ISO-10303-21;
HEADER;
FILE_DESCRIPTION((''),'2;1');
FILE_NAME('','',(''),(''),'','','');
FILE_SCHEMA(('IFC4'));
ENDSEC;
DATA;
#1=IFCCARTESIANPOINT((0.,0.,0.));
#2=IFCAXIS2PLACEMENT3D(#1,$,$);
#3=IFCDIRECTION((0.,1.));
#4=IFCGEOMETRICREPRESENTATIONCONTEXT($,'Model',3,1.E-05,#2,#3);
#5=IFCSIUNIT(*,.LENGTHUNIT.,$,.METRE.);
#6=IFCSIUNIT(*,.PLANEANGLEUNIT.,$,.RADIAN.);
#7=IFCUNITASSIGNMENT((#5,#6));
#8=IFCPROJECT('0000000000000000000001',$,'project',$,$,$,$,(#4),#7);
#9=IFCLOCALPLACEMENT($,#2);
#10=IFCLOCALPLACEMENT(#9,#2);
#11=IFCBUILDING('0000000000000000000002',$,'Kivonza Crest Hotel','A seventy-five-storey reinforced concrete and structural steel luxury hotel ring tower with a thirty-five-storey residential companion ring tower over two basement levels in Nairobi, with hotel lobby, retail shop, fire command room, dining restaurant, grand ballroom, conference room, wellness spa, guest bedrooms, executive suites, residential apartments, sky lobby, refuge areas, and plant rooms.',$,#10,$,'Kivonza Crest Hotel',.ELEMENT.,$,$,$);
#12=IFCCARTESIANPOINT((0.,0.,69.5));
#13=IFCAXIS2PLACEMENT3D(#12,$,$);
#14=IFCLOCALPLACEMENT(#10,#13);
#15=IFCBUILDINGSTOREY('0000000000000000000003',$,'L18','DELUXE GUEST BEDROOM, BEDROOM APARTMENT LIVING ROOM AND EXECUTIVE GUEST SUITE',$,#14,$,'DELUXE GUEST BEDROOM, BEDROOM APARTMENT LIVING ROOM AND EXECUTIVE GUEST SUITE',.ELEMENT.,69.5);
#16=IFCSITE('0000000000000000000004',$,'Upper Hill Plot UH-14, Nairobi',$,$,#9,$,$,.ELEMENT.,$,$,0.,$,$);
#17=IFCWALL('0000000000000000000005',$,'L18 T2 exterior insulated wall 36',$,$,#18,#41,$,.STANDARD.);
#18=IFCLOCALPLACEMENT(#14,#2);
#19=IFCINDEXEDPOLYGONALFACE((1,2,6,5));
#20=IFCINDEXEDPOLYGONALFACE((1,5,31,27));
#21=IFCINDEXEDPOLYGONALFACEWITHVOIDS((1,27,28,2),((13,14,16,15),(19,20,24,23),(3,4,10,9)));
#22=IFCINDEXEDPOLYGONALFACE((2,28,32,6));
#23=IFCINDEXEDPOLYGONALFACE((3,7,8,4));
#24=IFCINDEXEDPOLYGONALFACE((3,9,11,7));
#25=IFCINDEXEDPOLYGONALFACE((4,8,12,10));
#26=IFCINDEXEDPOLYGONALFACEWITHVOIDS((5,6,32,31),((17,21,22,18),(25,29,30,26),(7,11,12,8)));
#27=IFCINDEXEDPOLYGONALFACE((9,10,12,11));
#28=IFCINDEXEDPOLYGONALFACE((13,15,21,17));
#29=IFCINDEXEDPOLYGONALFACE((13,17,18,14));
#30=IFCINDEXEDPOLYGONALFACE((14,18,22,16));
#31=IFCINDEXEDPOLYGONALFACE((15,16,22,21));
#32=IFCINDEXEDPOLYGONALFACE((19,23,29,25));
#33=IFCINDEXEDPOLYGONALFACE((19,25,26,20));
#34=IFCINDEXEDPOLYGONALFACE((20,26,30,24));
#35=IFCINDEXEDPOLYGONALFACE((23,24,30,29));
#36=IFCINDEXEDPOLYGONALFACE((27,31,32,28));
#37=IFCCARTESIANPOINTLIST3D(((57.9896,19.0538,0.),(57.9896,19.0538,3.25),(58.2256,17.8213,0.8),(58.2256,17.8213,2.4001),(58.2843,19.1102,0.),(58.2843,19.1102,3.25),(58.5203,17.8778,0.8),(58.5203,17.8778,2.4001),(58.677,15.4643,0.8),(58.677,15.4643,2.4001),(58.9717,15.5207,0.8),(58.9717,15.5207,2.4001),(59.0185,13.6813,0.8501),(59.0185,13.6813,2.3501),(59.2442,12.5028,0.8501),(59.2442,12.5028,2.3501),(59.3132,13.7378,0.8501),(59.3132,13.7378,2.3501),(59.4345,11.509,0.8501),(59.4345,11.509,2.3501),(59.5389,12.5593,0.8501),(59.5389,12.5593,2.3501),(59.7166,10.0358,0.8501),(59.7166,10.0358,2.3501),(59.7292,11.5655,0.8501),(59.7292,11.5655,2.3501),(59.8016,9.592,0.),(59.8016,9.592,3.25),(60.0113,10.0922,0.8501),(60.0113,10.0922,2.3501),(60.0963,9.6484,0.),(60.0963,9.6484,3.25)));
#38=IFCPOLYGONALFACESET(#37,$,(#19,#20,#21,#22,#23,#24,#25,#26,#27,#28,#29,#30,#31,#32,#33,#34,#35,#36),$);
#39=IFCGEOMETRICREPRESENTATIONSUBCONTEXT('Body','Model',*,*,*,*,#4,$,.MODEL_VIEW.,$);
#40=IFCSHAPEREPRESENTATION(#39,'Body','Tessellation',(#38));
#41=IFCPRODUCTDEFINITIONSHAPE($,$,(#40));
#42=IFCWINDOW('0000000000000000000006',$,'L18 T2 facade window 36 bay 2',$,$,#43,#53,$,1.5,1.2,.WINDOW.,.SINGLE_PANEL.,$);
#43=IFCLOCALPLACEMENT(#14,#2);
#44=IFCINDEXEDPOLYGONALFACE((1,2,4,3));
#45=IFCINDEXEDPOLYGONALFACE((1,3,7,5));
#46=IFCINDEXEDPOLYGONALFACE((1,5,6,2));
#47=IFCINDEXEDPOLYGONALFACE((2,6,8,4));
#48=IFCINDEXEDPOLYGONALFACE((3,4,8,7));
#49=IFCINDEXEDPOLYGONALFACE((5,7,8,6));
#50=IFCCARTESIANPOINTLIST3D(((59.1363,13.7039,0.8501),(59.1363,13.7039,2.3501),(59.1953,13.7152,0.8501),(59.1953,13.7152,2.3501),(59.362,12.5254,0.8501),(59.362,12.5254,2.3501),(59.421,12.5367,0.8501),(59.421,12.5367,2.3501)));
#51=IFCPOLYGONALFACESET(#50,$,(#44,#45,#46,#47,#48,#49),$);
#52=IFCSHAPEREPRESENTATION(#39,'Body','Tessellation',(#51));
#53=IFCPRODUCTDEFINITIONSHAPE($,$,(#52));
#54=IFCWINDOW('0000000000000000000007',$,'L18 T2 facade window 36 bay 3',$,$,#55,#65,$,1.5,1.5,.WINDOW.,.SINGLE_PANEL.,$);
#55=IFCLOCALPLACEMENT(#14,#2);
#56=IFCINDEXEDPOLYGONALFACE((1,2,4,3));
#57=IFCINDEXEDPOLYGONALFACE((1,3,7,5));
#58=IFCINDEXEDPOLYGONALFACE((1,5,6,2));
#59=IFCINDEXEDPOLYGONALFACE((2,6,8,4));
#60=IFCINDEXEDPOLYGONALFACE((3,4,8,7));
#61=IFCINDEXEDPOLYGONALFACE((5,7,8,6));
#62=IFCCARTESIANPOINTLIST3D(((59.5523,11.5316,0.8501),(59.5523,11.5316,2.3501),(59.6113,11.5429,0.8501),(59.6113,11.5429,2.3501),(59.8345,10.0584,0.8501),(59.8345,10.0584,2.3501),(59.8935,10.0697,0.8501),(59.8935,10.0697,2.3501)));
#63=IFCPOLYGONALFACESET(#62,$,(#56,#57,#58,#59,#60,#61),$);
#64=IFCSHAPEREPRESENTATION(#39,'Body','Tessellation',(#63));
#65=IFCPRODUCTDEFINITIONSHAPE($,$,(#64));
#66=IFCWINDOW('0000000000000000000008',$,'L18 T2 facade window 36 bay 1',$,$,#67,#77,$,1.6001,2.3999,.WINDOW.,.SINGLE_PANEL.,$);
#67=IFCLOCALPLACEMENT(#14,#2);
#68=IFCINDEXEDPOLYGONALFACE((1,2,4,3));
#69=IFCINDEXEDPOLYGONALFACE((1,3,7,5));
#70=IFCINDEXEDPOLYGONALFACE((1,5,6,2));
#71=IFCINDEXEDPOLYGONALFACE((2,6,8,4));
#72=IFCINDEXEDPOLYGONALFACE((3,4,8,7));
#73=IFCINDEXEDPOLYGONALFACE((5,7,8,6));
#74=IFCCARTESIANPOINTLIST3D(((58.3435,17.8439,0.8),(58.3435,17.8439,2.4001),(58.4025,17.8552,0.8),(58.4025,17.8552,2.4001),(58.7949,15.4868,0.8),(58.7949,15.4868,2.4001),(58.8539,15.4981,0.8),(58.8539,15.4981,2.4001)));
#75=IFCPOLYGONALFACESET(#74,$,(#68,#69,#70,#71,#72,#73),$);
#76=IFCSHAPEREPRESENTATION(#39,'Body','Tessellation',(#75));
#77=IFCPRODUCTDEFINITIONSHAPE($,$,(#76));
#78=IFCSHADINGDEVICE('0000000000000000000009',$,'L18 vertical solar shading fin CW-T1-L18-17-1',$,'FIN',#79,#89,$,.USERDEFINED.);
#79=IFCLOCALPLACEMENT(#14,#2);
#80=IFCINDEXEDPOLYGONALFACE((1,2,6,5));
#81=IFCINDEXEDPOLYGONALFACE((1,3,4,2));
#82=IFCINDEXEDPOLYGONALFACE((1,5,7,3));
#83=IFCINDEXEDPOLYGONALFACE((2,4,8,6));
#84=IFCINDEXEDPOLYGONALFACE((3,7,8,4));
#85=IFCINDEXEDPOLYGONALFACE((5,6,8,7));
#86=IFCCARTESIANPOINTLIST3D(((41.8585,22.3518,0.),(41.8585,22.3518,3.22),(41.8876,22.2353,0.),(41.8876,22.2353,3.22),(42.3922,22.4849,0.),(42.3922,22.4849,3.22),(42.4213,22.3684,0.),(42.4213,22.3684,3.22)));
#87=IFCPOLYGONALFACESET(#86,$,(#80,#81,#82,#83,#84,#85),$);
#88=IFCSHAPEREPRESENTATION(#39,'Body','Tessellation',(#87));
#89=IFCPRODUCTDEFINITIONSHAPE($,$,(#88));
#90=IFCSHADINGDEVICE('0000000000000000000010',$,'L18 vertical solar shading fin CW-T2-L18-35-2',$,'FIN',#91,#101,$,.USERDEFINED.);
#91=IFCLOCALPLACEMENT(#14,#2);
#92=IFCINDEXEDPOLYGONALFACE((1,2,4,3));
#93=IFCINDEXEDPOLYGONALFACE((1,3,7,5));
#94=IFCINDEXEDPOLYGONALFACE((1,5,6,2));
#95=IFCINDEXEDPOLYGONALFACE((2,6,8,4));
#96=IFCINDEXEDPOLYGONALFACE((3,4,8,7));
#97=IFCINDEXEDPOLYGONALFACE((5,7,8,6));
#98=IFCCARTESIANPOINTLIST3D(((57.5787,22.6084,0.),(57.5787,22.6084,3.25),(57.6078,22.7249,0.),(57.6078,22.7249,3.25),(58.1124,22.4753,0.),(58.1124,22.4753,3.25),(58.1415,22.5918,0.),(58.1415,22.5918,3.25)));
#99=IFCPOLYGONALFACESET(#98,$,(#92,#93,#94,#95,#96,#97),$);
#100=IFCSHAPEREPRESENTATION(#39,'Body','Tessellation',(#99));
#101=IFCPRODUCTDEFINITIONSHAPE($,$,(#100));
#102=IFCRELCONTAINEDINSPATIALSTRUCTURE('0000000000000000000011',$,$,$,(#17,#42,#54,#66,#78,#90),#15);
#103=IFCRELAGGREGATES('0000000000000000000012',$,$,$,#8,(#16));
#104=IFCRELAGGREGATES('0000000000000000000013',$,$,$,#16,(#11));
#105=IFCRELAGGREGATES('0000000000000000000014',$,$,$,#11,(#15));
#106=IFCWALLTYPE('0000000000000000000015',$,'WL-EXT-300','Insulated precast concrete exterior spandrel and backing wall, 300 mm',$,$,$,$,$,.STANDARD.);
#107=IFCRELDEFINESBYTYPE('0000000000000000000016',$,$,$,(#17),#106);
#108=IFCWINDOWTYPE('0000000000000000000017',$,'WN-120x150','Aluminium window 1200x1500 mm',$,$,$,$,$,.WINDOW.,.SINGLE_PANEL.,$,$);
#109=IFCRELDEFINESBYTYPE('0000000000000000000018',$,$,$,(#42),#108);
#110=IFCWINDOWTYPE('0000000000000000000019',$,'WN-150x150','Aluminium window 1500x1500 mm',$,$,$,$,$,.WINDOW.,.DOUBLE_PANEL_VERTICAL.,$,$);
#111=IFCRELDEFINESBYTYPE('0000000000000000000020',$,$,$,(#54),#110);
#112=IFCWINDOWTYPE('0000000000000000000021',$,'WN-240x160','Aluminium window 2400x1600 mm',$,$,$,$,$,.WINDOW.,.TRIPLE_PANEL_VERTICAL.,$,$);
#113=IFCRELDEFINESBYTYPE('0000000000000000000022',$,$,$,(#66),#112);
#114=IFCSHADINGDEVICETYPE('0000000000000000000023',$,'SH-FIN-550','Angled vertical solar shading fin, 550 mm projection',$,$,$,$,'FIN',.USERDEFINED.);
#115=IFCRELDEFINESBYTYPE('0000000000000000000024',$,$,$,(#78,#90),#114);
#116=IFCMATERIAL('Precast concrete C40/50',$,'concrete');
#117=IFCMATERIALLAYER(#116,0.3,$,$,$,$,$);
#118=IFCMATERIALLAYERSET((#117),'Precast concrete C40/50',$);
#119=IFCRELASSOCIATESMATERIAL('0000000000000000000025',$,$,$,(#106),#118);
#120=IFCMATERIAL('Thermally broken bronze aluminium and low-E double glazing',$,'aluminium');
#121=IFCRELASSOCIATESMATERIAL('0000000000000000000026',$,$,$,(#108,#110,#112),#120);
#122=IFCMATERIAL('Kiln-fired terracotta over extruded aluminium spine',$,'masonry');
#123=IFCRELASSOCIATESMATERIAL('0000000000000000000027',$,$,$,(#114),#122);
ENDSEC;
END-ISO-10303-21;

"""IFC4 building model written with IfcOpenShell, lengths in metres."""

from ifc_helpers import new_model, si_unit, direction, frame, frame_2d, origin, origin_2d, place, context, subcontext, project, spatial, rectangle, extrude, material, layer, layer_set, type_object, element, fill, save


model = new_model("IFC4")

# Units and contexts
model_context = context("Model", 3, precision=1e-05, world=origin(), true_north=direction((0.0, 1.0)))
body_context = subcontext(model_context, "Body", "Model", "MODEL_VIEW")
ifc_project = project(units=[si_unit("LENGTHUNIT", "METRE"), si_unit("PLANEANGLEUNIT", "RADIAN")], contexts=[model_context])

# Site, building, storey
site_placement = place(None, origin())
site = spatial("IfcSite", under=ifc_project, at=site_placement, Name="Upper Hill Plot UH-14, Nairobi", CompositionType="ELEMENT", RefElevation=0.0)
building_placement = place(site_placement, origin())
building = spatial("IfcBuilding", under=site, at=building_placement, Name="Kivonza Crest Hotel", Description="A seventy-five-storey reinforced concrete and structural steel luxury hotel ring tower with a thirty-five-storey residential companion ring tower over two basement levels in Nairobi, with hotel lobby, retail shop, fire command room, dining restaurant, grand ballroom, conference room, wellness spa, guest bedrooms, executive suites, residential apartments, sky lobby, refuge areas, and plant rooms.", LongName="Kivonza Crest Hotel", CompositionType="ELEMENT")
storey_placement = place(building_placement, frame((0.0, 0.0, 69.5)))
storey = spatial("IfcBuildingStorey", under=building, at=storey_placement, Name="L18", Description="DELUXE GUEST BEDROOM, BEDROOM APARTMENT LIVING ROOM AND EXECUTIVE GUEST SUITE", LongName="DELUXE GUEST BEDROOM, BEDROOM APARTMENT LIVING ROOM AND EXECUTIVE GUEST SUITE", CompositionType="ELEMENT", Elevation=69.5)

# Shared definitions
ifc_material_1 = material(Name="Precast concrete C40/50", Category="concrete")
ifc_layer_1 = layer(ifc_material_1, 0.3)
ifc_layer_set_1 = layer_set([ifc_layer_1], Name="Precast concrete C40/50")
wall_type_1 = type_object("IfcWallType", Name="WL-EXT-300", Description="Insulated precast concrete exterior spandrel and backing wall, 300 mm", PredefinedType="STANDARD", material=ifc_layer_set_1)

# Wall, openings, windows
wall_1_placement = place(storey_placement, frame((58.137, 19.082, 0.0), z_axis=(0.0, 0.0, 1.0), x_axis=(0.188088, -0.982152, 0.0)))
wall_1 = element("IfcWall", 1, at=wall_1_placement, inside=storey, type_object=wall_type_1, Name="L18 T2 exterior insulated wall 36", PredefinedType="STANDARD", context=body_context, shape_type="SweptSolid", body=[
    extrude(rectangle(XDim=9.6338, YDim=0.3, at=frame_2d((4.8169, 0.0))), origin(), (0.0, 0.0, 1.0), 3.25),
])
opening_1_placement = place(wall_1_placement, frame((1.2549, 0.0, 0.8)))
opening_1 = element("IfcOpeningElement", 2, at=opening_1_placement, cuts=wall_1, PredefinedType="OPENING", context=body_context, shape_type="SweptSolid", body=[
    extrude(rectangle(XDim=2.3999, YDim=1.6001, at=frame_2d((1.2, 0.8))), frame((0.0, 0.1602, 0.0), z_axis=(0.0, -1.0, 0.0), x_axis=(1.0, 0.0, 0.0)), (0.0, 0.0, 1.0), 0.3201),
])
opening_2_placement = place(wall_1_placement, frame((5.47, 0.0, 0.8501)))
opening_2 = element("IfcOpeningElement", 3, at=opening_2_placement, cuts=wall_1, PredefinedType="OPENING", context=body_context, shape_type="SweptSolid", body=[
    extrude(rectangle(XDim=1.2, YDim=1.5, at=frame_2d((0.6001, 0.75))), frame((0.0, 0.1602, 0.0), z_axis=(0.0, -1.0, 0.0), x_axis=(1.0, 0.0, 0.0)), (0.0, 0.0, 1.0), 0.3201),
])
opening_3_placement = place(wall_1_placement, frame((7.6819, 0.0, 0.8501)))
opening_3 = element("IfcOpeningElement", 4, at=opening_3_placement, cuts=wall_1, PredefinedType="OPENING", context=body_context, shape_type="SweptSolid", body=[
    extrude(rectangle(XDim=1.5, YDim=1.5, at=frame_2d((0.75, 0.75))), frame((0.0, 0.1602, 0.0), z_axis=(0.0, -1.0, 0.0), x_axis=(1.0, 0.0, 0.0)), (0.0, 0.0, 1.0), 0.3201),
])
ifc_material_2 = material(Name="Thermally broken bronze aluminium and low-E double glazing", Category="aluminium")
window_type_1 = type_object("IfcWindowType", Name="WN-120x150", Description="Aluminium window 1200x1500 mm", PartitioningType="SINGLE_PANEL", PredefinedType="WINDOW", material=ifc_material_2)
window_1_placement = place(opening_2_placement, origin())
window_1 = element("IfcWindow", 5, at=window_1_placement, inside=storey, type_object=window_type_1, Name="L18 T2 facade window 36 bay 2", OverallHeight=1.5, OverallWidth=1.2, PartitioningType="SINGLE_PANEL", PredefinedType="WINDOW", context=body_context, shape_type="SweptSolid", body=[
    extrude(rectangle(XDim=1.2, YDim=1.5, at=frame_2d((0.6001, 0.75))), frame((0.0, 0.03, 0.0), z_axis=(0.0, -1.0, 0.0), x_axis=(1.0, 0.0, 0.0)), (0.0, 0.0, 1.0), 0.0601),
])
fill(opening_2, window_1)
window_type_2 = type_object("IfcWindowType", Name="WN-150x150", Description="Aluminium window 1500x1500 mm", PartitioningType="DOUBLE_PANEL_VERTICAL", PredefinedType="WINDOW", material=ifc_material_2)
window_2_placement = place(opening_3_placement, origin())
window_2 = element("IfcWindow", 6, at=window_2_placement, inside=storey, type_object=window_type_2, Name="L18 T2 facade window 36 bay 3", OverallHeight=1.5, OverallWidth=1.5, PartitioningType="SINGLE_PANEL", PredefinedType="WINDOW", context=body_context, shape_type="SweptSolid", body=[
    extrude(rectangle(XDim=1.5, YDim=1.5, at=frame_2d((0.75, 0.75))), frame((0.0, 0.03, 0.0), z_axis=(0.0, -1.0, 0.0), x_axis=(1.0, 0.0, 0.0)), (0.0, 0.0, 1.0), 0.0601),
])
fill(opening_3, window_2)
window_type_3 = type_object("IfcWindowType", Name="WN-240x160", Description="Aluminium window 2400x1600 mm", PartitioningType="TRIPLE_PANEL_VERTICAL", PredefinedType="WINDOW", material=ifc_material_2)
window_3_placement = place(opening_1_placement, origin())
window_3 = element("IfcWindow", 7, at=window_3_placement, inside=storey, type_object=window_type_3, Name="L18 T2 facade window 36 bay 1", OverallHeight=1.6001, OverallWidth=2.3999, PartitioningType="SINGLE_PANEL", PredefinedType="WINDOW", context=body_context, shape_type="SweptSolid", body=[
    extrude(rectangle(XDim=2.3999, YDim=1.6001, at=frame_2d((1.2, 0.8))), frame((0.0, 0.03, 0.0), z_axis=(0.0, -1.0, 0.0), x_axis=(1.0, 0.0, 0.0)), (0.0, 0.0, 1.0), 0.0601),
])
fill(opening_1, window_3)

# Shading devices
ifc_material_3 = material(Name="Kiln-fired terracotta over extruded aluminium spine", Category="masonry")
shading_device_type = type_object("IfcShadingDeviceType", Name="SH-FIN-550", Description="Angled vertical solar shading fin, 550 mm projection", ElementType="FIN", PredefinedType="USERDEFINED", material=ifc_material_3)
shading_device_1_placement = place(storey_placement, frame((42.1399, 22.3601, 0.0), z_axis=(0.0, 0.0, 1.0), x_axis=(-0.241922, 0.970296, 0.0)))
element("IfcShadingDevice", 8, at=shading_device_1_placement, inside=storey, type_object=shading_device_type, Name="L18 vertical solar shading fin CW-T1-L18-17-1", ObjectType="FIN", PredefinedType="USERDEFINED", context=body_context, shape_type="SweptSolid", body=[
    extrude(rectangle(XDim=0.1201, YDim=0.55, at=origin_2d()), origin(), (0.0, 0.0, 1.0), 3.22),
])
shading_device_2_placement = place(storey_placement, frame((57.8601, 22.6001, 0.0), z_axis=(0.0, 0.0, 1.0), x_axis=(-0.241922, -0.970296, 0.0)))
element("IfcShadingDevice", 9, at=shading_device_2_placement, inside=storey, type_object=shading_device_type, Name="L18 vertical solar shading fin CW-T2-L18-35-2", ObjectType="FIN", PredefinedType="USERDEFINED", context=body_context, shape_type="SweptSolid", body=[
    extrude(rectangle(XDim=0.1201, YDim=0.55, at=origin_2d()), origin(), (0.0, 0.0, 1.0), 3.25),
])

save(model, "model.ifc")
